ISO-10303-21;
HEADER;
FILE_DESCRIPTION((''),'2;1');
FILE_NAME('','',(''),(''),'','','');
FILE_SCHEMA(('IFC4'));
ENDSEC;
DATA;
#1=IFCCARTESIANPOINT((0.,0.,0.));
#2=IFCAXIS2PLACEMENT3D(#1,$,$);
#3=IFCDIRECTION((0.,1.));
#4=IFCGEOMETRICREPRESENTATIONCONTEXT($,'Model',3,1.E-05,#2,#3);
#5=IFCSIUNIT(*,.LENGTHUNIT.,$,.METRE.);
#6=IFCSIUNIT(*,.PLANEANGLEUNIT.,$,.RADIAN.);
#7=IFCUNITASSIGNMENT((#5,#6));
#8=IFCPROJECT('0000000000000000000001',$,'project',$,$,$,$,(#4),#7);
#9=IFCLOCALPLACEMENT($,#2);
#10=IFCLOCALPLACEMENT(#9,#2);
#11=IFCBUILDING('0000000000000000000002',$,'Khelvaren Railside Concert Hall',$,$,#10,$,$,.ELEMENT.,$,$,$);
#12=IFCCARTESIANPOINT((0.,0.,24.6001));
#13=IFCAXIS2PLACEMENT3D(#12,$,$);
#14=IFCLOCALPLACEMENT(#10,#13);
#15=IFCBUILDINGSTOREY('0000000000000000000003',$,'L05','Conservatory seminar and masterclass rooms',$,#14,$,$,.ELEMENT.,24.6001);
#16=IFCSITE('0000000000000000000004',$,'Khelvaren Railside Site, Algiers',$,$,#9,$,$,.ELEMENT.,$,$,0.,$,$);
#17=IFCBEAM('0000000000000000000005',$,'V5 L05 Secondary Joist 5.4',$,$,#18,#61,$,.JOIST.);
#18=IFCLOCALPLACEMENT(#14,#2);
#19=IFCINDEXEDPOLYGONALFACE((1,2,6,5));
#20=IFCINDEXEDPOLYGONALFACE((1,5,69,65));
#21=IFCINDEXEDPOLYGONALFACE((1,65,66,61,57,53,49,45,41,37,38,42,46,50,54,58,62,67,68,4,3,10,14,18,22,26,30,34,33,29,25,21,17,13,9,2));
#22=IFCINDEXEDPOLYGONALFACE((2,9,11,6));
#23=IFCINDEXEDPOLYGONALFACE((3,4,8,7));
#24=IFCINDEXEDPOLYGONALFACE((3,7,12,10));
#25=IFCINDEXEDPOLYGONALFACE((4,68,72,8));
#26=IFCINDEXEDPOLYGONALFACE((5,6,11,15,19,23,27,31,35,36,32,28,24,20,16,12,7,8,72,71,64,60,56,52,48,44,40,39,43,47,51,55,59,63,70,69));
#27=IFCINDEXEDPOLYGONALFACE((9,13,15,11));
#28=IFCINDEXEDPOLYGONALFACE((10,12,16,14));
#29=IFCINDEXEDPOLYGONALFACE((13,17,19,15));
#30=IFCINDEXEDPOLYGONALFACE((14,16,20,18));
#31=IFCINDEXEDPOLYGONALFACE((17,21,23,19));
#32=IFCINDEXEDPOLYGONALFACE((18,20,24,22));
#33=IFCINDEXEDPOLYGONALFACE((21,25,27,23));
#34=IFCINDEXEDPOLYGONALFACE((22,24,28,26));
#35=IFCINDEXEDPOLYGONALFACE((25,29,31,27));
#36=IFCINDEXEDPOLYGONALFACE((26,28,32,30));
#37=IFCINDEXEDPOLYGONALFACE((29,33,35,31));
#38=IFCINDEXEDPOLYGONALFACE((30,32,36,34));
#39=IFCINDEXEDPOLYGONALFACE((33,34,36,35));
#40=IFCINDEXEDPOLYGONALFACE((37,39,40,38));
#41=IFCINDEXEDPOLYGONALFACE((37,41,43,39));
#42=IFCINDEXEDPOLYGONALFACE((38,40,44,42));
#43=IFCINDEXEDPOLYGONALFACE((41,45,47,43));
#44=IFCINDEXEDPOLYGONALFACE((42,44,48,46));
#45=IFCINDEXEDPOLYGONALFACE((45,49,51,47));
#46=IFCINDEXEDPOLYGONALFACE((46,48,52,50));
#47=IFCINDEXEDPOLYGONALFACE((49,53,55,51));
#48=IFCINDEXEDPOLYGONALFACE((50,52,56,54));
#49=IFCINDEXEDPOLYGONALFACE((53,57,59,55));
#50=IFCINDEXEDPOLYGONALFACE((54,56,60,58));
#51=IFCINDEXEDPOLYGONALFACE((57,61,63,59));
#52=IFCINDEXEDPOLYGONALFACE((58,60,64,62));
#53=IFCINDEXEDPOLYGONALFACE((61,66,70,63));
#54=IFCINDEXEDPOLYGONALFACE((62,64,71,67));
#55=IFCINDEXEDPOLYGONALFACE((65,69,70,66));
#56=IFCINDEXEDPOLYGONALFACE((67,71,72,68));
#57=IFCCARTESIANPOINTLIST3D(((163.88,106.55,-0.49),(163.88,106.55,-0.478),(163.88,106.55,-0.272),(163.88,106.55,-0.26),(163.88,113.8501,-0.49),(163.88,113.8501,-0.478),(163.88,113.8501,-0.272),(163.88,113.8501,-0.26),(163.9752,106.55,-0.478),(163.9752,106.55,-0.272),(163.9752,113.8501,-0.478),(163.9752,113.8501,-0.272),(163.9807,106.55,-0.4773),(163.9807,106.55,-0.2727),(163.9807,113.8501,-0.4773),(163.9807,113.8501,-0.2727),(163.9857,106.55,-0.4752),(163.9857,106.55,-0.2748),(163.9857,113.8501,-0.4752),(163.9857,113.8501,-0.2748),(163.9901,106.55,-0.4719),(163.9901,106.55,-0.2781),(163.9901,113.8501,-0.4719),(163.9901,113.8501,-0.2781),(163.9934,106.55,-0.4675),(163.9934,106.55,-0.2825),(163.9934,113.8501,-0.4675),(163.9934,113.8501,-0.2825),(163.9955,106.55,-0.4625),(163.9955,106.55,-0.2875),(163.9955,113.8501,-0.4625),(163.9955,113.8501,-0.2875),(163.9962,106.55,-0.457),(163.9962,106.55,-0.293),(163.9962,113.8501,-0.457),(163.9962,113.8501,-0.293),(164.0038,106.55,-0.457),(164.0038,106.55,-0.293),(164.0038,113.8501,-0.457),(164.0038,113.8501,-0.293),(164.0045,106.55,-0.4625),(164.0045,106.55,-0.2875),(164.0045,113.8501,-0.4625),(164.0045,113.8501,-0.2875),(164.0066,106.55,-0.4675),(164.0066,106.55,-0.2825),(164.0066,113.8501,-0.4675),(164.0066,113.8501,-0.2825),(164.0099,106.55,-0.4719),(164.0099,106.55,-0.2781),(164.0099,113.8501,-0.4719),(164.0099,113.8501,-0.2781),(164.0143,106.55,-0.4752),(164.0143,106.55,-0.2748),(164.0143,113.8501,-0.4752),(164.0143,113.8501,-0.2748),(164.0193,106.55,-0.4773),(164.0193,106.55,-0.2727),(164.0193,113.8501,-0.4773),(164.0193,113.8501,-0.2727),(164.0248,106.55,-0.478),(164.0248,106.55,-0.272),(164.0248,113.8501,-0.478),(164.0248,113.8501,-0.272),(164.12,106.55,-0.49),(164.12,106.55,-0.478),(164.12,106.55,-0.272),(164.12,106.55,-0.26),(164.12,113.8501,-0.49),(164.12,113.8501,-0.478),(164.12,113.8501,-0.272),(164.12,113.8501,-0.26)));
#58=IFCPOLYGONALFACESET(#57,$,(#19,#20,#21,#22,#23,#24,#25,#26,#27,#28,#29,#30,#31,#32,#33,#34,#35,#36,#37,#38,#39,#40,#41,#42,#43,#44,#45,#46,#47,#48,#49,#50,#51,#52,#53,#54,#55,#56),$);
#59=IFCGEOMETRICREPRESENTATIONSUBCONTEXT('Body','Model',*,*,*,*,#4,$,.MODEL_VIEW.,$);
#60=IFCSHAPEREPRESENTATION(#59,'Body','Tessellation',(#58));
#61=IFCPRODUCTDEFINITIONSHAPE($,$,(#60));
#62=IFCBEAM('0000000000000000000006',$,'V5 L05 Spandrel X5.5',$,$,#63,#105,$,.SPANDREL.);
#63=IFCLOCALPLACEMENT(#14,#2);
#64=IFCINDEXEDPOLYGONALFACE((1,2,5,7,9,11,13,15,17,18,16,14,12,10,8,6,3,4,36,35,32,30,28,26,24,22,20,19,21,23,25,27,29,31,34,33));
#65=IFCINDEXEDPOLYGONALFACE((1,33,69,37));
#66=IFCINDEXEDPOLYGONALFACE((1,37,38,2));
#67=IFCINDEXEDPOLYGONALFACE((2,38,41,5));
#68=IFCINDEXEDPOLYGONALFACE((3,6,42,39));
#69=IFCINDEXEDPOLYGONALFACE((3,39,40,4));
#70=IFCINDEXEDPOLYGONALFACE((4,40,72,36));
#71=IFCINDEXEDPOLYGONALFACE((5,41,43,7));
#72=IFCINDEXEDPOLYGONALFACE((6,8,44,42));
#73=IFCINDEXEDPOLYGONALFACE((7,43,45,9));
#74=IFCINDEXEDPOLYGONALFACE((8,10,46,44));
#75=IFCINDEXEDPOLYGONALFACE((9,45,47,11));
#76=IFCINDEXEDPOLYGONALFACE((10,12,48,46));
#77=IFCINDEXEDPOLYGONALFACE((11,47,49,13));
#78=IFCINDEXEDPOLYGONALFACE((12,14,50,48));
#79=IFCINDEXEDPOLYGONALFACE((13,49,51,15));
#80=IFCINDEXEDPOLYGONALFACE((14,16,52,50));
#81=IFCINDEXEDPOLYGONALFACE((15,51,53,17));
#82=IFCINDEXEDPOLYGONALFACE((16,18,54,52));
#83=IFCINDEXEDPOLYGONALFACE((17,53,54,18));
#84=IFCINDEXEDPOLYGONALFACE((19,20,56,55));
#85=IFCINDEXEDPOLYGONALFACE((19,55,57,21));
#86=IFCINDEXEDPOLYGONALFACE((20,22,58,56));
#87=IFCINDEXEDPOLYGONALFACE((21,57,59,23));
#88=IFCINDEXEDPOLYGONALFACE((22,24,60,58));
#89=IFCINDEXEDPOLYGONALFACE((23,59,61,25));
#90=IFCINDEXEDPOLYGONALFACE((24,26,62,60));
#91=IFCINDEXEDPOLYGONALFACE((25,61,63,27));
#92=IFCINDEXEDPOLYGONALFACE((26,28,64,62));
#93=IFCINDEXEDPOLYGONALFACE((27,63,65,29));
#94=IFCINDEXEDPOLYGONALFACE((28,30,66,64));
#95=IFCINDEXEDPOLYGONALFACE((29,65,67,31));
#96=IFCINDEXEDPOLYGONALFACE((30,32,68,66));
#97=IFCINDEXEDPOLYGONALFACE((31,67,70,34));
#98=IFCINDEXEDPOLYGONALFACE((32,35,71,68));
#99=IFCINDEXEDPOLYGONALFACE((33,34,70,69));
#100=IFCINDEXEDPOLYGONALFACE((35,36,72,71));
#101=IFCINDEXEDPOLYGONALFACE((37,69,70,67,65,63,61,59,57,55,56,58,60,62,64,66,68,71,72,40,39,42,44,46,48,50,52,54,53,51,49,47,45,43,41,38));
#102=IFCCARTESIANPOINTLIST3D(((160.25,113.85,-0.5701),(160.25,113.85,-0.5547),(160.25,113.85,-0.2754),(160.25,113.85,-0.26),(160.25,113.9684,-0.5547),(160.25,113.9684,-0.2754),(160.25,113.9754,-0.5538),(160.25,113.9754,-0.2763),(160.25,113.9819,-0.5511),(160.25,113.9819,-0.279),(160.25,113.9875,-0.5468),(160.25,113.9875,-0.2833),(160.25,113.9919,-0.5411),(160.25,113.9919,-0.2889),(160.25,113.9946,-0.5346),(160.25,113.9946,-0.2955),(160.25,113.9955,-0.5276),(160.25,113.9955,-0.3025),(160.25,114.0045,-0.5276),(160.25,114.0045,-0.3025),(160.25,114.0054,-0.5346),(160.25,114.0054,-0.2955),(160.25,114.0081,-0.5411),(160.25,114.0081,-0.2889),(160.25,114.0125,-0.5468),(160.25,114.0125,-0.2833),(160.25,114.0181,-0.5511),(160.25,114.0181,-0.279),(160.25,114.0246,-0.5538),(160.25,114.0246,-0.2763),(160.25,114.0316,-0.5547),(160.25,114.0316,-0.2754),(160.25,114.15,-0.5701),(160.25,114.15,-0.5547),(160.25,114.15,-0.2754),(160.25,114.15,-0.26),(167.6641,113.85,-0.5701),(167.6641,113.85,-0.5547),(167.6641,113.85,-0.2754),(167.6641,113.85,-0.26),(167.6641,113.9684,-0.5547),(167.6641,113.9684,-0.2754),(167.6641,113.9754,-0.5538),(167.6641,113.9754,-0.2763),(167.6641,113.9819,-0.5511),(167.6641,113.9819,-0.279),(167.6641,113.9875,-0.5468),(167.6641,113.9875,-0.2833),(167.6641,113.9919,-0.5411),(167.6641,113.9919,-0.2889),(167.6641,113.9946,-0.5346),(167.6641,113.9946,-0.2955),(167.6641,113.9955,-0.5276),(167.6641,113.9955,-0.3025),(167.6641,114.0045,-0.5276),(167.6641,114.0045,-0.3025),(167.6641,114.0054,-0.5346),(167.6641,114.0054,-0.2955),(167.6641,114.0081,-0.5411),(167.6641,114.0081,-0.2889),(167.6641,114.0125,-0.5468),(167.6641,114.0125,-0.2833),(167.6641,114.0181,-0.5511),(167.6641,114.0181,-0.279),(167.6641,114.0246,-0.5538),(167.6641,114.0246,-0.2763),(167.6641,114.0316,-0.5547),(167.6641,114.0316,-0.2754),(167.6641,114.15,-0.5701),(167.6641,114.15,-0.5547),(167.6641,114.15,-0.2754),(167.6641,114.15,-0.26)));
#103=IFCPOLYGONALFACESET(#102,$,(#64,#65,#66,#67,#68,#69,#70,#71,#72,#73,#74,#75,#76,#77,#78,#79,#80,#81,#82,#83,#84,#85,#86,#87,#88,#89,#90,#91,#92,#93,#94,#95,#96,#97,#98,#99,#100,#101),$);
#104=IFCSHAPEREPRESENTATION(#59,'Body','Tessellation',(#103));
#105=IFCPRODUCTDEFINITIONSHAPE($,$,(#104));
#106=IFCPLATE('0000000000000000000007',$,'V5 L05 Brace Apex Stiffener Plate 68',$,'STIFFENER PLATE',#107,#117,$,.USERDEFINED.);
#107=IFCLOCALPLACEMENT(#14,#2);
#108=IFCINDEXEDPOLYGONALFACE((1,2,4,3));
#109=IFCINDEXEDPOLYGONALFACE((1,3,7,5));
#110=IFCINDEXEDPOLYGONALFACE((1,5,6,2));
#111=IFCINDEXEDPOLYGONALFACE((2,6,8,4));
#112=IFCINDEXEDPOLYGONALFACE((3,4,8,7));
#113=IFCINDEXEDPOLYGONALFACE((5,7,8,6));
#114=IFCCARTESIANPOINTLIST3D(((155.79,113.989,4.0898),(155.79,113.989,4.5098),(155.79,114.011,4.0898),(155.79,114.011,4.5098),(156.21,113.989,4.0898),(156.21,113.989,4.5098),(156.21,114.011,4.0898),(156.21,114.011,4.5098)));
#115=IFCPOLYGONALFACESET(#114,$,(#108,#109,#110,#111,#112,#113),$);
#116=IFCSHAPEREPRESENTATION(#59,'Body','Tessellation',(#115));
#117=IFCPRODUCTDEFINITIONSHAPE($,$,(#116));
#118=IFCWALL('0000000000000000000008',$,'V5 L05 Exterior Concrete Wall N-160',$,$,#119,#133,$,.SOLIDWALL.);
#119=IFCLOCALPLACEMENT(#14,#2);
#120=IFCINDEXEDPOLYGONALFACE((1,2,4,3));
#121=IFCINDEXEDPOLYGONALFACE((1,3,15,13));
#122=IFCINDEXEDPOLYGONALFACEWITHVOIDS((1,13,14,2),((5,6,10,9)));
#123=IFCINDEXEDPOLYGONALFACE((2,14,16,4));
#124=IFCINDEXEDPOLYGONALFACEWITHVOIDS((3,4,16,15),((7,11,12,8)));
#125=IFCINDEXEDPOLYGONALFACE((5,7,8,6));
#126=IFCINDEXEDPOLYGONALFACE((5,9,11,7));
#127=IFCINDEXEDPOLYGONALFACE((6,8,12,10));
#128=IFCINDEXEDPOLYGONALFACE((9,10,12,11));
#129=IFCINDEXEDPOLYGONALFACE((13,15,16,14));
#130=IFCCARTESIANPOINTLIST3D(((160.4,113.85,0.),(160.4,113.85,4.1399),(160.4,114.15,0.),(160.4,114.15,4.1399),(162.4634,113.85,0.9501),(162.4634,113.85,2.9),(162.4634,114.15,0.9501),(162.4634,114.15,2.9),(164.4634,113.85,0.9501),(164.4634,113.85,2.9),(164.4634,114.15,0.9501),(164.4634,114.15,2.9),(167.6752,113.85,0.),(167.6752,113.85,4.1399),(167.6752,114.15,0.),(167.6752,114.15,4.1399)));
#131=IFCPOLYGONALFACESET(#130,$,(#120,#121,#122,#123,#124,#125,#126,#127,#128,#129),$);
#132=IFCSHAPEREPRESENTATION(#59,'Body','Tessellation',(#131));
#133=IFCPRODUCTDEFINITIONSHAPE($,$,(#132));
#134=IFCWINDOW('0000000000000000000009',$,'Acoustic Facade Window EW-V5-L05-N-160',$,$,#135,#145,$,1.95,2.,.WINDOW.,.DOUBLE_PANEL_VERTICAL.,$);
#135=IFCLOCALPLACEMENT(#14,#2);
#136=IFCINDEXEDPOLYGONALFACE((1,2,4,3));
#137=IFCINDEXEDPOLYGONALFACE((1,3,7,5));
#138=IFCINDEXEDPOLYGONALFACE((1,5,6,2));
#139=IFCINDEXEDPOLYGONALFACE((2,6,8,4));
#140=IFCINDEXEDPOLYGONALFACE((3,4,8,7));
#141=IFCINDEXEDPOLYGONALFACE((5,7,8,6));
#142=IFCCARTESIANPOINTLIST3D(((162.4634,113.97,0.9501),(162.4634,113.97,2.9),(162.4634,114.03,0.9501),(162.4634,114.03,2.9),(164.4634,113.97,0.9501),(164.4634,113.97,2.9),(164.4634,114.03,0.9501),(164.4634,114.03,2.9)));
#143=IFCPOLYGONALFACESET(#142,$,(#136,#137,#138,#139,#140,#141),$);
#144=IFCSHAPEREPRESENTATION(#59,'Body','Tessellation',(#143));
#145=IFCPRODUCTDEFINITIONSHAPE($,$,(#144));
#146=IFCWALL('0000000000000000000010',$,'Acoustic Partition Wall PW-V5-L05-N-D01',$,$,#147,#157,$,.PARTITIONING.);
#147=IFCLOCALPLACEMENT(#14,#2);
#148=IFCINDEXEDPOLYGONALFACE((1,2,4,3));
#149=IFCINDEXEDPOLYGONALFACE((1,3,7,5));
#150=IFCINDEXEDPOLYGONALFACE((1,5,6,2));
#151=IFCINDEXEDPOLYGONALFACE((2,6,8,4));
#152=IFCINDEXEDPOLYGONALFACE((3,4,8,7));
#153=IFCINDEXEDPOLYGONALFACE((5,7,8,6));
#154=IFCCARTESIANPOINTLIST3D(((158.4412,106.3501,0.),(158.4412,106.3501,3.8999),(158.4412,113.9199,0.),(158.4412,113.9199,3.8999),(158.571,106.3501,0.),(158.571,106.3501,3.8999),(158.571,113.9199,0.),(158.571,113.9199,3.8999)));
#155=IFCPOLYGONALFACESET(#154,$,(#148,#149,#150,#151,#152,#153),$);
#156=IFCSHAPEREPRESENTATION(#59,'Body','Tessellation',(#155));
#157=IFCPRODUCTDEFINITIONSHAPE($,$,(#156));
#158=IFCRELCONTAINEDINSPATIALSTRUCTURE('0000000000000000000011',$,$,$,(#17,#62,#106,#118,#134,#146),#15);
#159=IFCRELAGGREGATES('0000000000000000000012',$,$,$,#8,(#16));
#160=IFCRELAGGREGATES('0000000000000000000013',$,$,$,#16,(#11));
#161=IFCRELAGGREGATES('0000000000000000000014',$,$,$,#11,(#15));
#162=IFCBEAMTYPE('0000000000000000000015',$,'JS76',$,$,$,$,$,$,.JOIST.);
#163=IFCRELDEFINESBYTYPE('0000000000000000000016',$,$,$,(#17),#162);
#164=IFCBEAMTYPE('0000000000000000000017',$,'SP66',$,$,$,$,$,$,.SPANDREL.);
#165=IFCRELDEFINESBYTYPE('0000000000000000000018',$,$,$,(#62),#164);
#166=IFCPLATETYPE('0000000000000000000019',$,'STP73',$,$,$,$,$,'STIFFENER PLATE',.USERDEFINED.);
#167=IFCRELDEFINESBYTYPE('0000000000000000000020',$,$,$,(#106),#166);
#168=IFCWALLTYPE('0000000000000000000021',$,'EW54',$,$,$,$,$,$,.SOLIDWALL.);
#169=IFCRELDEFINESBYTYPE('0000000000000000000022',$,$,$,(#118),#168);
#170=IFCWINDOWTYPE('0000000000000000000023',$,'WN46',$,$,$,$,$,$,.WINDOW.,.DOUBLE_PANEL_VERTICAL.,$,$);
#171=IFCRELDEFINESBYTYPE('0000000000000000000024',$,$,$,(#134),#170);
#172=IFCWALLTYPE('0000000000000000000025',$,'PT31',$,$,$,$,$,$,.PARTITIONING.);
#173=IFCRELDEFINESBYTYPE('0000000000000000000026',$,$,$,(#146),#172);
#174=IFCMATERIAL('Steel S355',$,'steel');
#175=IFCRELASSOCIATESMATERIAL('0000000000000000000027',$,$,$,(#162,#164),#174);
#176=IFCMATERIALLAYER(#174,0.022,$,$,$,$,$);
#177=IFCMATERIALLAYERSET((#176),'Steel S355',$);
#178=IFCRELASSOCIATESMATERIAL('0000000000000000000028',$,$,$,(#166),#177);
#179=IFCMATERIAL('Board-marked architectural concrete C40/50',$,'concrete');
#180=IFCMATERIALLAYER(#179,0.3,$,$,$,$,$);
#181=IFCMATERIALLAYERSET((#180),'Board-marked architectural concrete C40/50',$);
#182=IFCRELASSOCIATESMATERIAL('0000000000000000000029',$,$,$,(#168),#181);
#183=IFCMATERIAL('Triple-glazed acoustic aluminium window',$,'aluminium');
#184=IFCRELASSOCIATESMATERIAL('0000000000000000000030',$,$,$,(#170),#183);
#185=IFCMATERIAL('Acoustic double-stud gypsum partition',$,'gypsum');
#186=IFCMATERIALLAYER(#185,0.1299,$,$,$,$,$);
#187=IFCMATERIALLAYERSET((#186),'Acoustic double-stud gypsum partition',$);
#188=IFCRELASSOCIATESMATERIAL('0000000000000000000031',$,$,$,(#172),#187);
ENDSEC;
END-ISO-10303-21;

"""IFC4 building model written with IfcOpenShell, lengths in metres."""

from ifc_helpers import new_model, si_unit, direction, frame, frame_2d, origin, origin_2d, place, context, subcontext, project, spatial, rectangle, i_section, extrude, material, layer, layer_set, material_profile, profile_set, type_object, element, fill, save


model = new_model("IFC4")

# Units and contexts
model_context = context("Model", 3, precision=1e-05, world=origin(), true_north=direction((0.0, 1.0)))
body_context = subcontext(model_context, "Body", "Model", "MODEL_VIEW")
ifc_project = project(units=[si_unit("LENGTHUNIT", "METRE"), si_unit("PLANEANGLEUNIT", "RADIAN")], contexts=[model_context])

# Site, building, storey
site_placement = place(None, origin())
site = spatial("IfcSite", under=ifc_project, at=site_placement, Name="Khelvaren Railside Site, Algiers", CompositionType="ELEMENT", RefElevation=0.0)
building_placement = place(site_placement, origin())
building = spatial("IfcBuilding", under=site, at=building_placement, Name="Khelvaren Railside Concert Hall", CompositionType="ELEMENT")
storey_placement = place(building_placement, frame((0.0, 0.0, 24.6001)))
storey = spatial("IfcBuildingStorey", under=building, at=storey_placement, Name="L05", Description="Conservatory seminar and masterclass rooms", CompositionType="ELEMENT", Elevation=24.6001)

# Shared definitions
ifc_material_1 = material(Name="Steel S355", Category="steel")

# Beams
ifc_material_profile_1 = material_profile(ifc_material_1, i_section(OverallWidth=0.24, OverallDepth=0.23, WebThickness=0.0076, FlangeThickness=0.012, FilletRadius=0.021, at=origin_2d()), Name="HEA 240")
ifc_profile_set_1 = profile_set([ifc_material_profile_1], Name="Steel S355")
beam_type_1 = type_object("IfcBeamType", Name="JS76", PredefinedType="JOIST", material=ifc_profile_set_1)
beam_1_placement = place(storey_placement, frame((164.0, 106.55, -0.375), z_axis=(0.0, 1.0, 0.0), x_axis=(-1.0, 0.0, 0.0)))
element("IfcBeam", 1, at=beam_1_placement, inside=storey, type_object=beam_type_1, Name="V5 L05 Secondary Joist 5.4", PredefinedType="JOIST", context=body_context, shape_type="SweptSolid", body=[
    extrude(i_section(OverallWidth=0.24, OverallDepth=0.23, WebThickness=0.0076, FlangeThickness=0.012, FilletRadius=0.021, at=origin_2d()), origin(), (0.0, 0.0, 1.0), 7.3),
])
ifc_material_profile_2 = material_profile(ifc_material_1, i_section(OverallWidth=0.3, OverallDepth=0.3101, WebThickness=0.009, FlangeThickness=0.0154, FilletRadius=0.0271, at=origin_2d()), Name="HEA 320")
ifc_profile_set_2 = profile_set([ifc_material_profile_2], Name="Steel S355")
beam_type_2 = type_object("IfcBeamType", Name="SP66", PredefinedType="SPANDREL", material=ifc_profile_set_2)
beam_2_placement = place(storey_placement, frame((160.25, 114.0, -0.415), z_axis=(1.0, 0.0, 0.0), x_axis=(0.0, 1.0, 0.0)))
element("IfcBeam", 2, at=beam_2_placement, inside=storey, type_object=beam_type_2, Name="V5 L05 Spandrel X5.5", PredefinedType="SPANDREL", context=body_context, shape_type="SweptSolid", body=[
    extrude(i_section(OverallWidth=0.3, OverallDepth=0.3101, WebThickness=0.009, FlangeThickness=0.0154, FilletRadius=0.0271, at=origin_2d()), origin(), (0.0, 0.0, 1.0), 7.4141),
])

# Plate
ifc_layer_1 = layer(ifc_material_1, 0.022)
ifc_layer_set_1 = layer_set([ifc_layer_1], Name="Steel S355")
plate_type = type_object("IfcPlateType", Name="STP73", ElementType="STIFFENER PLATE", PredefinedType="USERDEFINED", material=ifc_layer_set_1)
plate_placement = place(storey_placement, frame((156.0, 114.0, 4.0898), z_axis=(0.0, 0.0, 1.0), x_axis=(1.0, 0.0, 0.0)))
element("IfcPlate", 3, at=plate_placement, inside=storey, type_object=plate_type, Name="V5 L05 Brace Apex Stiffener Plate 68", ObjectType="STIFFENER PLATE", PredefinedType="USERDEFINED", context=body_context, shape_type="SweptSolid", body=[
    extrude(rectangle(XDim=0.4199, YDim=0.022, at=origin_2d()), origin(), (0.0, 0.0, 1.0), 0.4199),
])

# Wall, opening, window
ifc_material_2 = material(Name="Board-marked architectural concrete C40/50", Category="concrete")
ifc_layer_2 = layer(ifc_material_2, 0.3)
ifc_layer_set_2 = layer_set([ifc_layer_2], Name="Board-marked architectural concrete C40/50")
wall_type_1 = type_object("IfcWallType", Name="EW54", PredefinedType="SOLIDWALL", material=ifc_layer_set_2)
wall_1_placement = place(storey_placement, frame((160.3999, 114.0, 0.0), z_axis=(0.0, 0.0, 1.0), x_axis=(1.0, 0.0, 0.0)))
wall_1 = element("IfcWall", 4, at=wall_1_placement, inside=storey, type_object=wall_type_1, Name="V5 L05 Exterior Concrete Wall N-160", PredefinedType="SOLIDWALL", context=body_context, shape_type="SweptSolid", body=[
    extrude(rectangle(XDim=7.2751, YDim=0.3, at=frame_2d((3.6377, 0.0))), origin(), (0.0, 0.0, 1.0), 4.1399),
])
opening_1_placement = place(wall_1_placement, frame((2.0635, 0.0, 0.95)))
opening_1 = element("IfcOpeningElement", 5, at=opening_1_placement, cuts=wall_1, PredefinedType="OPENING", context=body_context, shape_type="SweptSolid", body=[
    extrude(rectangle(XDim=2.0, YDim=1.95, at=frame_2d((1.0, 0.9751))), frame((0.0, 0.1599, 0.0), z_axis=(0.0, -1.0, 0.0), x_axis=(1.0, 0.0, 0.0)), (0.0, 0.0, 1.0), 0.3201),
])
ifc_material_3 = material(Name="Triple-glazed acoustic aluminium window", Category="aluminium")
window_type = type_object("IfcWindowType", Name="WN46", PartitioningType="DOUBLE_PANEL_VERTICAL", PredefinedType="WINDOW", material=ifc_material_3)
window_placement = place(opening_1_placement, origin())
window = element("IfcWindow", 6, at=window_placement, inside=storey, type_object=window_type, Name="Acoustic Facade Window EW-V5-L05-N-160", OverallHeight=1.95, OverallWidth=2.0, PartitioningType="DOUBLE_PANEL_VERTICAL", PredefinedType="WINDOW", context=body_context, shape_type="SweptSolid", body=[
    extrude(rectangle(XDim=2.0, YDim=1.95, at=frame_2d((1.0, 0.9751))), frame((0.0, 0.03, 0.0), z_axis=(0.0, -1.0, 0.0), x_axis=(1.0, 0.0, 0.0)), (0.0, 0.0, 1.0), 0.0601),
])
fill(opening_1, window)

# Wall
ifc_material_4 = material(Name="Acoustic double-stud gypsum partition", Category="gypsum")
ifc_layer_3 = layer(ifc_material_4, 0.1299)
ifc_layer_set_3 = layer_set([ifc_layer_3], Name="Acoustic double-stud gypsum partition")
wall_type_2 = type_object("IfcWallType", Name="PT31", PredefinedType="PARTITIONING", material=ifc_layer_set_3)
wall_2_placement = place(storey_placement, frame((158.5061, 106.3501, 0.0), z_axis=(0.0, 0.0, 1.0), x_axis=(0.0, 1.0, 0.0)))
element("IfcWall", 7, at=wall_2_placement, inside=storey, type_object=wall_type_2, Name="Acoustic Partition Wall PW-V5-L05-N-D01", PredefinedType="PARTITIONING", context=body_context, shape_type="SweptSolid", body=[
    extrude(rectangle(XDim=7.5698, YDim=0.1299, at=frame_2d((3.7849, 0.0))), origin(), (0.0, 0.0, 1.0), 3.8999),
])

save(model, "model.ifc")
